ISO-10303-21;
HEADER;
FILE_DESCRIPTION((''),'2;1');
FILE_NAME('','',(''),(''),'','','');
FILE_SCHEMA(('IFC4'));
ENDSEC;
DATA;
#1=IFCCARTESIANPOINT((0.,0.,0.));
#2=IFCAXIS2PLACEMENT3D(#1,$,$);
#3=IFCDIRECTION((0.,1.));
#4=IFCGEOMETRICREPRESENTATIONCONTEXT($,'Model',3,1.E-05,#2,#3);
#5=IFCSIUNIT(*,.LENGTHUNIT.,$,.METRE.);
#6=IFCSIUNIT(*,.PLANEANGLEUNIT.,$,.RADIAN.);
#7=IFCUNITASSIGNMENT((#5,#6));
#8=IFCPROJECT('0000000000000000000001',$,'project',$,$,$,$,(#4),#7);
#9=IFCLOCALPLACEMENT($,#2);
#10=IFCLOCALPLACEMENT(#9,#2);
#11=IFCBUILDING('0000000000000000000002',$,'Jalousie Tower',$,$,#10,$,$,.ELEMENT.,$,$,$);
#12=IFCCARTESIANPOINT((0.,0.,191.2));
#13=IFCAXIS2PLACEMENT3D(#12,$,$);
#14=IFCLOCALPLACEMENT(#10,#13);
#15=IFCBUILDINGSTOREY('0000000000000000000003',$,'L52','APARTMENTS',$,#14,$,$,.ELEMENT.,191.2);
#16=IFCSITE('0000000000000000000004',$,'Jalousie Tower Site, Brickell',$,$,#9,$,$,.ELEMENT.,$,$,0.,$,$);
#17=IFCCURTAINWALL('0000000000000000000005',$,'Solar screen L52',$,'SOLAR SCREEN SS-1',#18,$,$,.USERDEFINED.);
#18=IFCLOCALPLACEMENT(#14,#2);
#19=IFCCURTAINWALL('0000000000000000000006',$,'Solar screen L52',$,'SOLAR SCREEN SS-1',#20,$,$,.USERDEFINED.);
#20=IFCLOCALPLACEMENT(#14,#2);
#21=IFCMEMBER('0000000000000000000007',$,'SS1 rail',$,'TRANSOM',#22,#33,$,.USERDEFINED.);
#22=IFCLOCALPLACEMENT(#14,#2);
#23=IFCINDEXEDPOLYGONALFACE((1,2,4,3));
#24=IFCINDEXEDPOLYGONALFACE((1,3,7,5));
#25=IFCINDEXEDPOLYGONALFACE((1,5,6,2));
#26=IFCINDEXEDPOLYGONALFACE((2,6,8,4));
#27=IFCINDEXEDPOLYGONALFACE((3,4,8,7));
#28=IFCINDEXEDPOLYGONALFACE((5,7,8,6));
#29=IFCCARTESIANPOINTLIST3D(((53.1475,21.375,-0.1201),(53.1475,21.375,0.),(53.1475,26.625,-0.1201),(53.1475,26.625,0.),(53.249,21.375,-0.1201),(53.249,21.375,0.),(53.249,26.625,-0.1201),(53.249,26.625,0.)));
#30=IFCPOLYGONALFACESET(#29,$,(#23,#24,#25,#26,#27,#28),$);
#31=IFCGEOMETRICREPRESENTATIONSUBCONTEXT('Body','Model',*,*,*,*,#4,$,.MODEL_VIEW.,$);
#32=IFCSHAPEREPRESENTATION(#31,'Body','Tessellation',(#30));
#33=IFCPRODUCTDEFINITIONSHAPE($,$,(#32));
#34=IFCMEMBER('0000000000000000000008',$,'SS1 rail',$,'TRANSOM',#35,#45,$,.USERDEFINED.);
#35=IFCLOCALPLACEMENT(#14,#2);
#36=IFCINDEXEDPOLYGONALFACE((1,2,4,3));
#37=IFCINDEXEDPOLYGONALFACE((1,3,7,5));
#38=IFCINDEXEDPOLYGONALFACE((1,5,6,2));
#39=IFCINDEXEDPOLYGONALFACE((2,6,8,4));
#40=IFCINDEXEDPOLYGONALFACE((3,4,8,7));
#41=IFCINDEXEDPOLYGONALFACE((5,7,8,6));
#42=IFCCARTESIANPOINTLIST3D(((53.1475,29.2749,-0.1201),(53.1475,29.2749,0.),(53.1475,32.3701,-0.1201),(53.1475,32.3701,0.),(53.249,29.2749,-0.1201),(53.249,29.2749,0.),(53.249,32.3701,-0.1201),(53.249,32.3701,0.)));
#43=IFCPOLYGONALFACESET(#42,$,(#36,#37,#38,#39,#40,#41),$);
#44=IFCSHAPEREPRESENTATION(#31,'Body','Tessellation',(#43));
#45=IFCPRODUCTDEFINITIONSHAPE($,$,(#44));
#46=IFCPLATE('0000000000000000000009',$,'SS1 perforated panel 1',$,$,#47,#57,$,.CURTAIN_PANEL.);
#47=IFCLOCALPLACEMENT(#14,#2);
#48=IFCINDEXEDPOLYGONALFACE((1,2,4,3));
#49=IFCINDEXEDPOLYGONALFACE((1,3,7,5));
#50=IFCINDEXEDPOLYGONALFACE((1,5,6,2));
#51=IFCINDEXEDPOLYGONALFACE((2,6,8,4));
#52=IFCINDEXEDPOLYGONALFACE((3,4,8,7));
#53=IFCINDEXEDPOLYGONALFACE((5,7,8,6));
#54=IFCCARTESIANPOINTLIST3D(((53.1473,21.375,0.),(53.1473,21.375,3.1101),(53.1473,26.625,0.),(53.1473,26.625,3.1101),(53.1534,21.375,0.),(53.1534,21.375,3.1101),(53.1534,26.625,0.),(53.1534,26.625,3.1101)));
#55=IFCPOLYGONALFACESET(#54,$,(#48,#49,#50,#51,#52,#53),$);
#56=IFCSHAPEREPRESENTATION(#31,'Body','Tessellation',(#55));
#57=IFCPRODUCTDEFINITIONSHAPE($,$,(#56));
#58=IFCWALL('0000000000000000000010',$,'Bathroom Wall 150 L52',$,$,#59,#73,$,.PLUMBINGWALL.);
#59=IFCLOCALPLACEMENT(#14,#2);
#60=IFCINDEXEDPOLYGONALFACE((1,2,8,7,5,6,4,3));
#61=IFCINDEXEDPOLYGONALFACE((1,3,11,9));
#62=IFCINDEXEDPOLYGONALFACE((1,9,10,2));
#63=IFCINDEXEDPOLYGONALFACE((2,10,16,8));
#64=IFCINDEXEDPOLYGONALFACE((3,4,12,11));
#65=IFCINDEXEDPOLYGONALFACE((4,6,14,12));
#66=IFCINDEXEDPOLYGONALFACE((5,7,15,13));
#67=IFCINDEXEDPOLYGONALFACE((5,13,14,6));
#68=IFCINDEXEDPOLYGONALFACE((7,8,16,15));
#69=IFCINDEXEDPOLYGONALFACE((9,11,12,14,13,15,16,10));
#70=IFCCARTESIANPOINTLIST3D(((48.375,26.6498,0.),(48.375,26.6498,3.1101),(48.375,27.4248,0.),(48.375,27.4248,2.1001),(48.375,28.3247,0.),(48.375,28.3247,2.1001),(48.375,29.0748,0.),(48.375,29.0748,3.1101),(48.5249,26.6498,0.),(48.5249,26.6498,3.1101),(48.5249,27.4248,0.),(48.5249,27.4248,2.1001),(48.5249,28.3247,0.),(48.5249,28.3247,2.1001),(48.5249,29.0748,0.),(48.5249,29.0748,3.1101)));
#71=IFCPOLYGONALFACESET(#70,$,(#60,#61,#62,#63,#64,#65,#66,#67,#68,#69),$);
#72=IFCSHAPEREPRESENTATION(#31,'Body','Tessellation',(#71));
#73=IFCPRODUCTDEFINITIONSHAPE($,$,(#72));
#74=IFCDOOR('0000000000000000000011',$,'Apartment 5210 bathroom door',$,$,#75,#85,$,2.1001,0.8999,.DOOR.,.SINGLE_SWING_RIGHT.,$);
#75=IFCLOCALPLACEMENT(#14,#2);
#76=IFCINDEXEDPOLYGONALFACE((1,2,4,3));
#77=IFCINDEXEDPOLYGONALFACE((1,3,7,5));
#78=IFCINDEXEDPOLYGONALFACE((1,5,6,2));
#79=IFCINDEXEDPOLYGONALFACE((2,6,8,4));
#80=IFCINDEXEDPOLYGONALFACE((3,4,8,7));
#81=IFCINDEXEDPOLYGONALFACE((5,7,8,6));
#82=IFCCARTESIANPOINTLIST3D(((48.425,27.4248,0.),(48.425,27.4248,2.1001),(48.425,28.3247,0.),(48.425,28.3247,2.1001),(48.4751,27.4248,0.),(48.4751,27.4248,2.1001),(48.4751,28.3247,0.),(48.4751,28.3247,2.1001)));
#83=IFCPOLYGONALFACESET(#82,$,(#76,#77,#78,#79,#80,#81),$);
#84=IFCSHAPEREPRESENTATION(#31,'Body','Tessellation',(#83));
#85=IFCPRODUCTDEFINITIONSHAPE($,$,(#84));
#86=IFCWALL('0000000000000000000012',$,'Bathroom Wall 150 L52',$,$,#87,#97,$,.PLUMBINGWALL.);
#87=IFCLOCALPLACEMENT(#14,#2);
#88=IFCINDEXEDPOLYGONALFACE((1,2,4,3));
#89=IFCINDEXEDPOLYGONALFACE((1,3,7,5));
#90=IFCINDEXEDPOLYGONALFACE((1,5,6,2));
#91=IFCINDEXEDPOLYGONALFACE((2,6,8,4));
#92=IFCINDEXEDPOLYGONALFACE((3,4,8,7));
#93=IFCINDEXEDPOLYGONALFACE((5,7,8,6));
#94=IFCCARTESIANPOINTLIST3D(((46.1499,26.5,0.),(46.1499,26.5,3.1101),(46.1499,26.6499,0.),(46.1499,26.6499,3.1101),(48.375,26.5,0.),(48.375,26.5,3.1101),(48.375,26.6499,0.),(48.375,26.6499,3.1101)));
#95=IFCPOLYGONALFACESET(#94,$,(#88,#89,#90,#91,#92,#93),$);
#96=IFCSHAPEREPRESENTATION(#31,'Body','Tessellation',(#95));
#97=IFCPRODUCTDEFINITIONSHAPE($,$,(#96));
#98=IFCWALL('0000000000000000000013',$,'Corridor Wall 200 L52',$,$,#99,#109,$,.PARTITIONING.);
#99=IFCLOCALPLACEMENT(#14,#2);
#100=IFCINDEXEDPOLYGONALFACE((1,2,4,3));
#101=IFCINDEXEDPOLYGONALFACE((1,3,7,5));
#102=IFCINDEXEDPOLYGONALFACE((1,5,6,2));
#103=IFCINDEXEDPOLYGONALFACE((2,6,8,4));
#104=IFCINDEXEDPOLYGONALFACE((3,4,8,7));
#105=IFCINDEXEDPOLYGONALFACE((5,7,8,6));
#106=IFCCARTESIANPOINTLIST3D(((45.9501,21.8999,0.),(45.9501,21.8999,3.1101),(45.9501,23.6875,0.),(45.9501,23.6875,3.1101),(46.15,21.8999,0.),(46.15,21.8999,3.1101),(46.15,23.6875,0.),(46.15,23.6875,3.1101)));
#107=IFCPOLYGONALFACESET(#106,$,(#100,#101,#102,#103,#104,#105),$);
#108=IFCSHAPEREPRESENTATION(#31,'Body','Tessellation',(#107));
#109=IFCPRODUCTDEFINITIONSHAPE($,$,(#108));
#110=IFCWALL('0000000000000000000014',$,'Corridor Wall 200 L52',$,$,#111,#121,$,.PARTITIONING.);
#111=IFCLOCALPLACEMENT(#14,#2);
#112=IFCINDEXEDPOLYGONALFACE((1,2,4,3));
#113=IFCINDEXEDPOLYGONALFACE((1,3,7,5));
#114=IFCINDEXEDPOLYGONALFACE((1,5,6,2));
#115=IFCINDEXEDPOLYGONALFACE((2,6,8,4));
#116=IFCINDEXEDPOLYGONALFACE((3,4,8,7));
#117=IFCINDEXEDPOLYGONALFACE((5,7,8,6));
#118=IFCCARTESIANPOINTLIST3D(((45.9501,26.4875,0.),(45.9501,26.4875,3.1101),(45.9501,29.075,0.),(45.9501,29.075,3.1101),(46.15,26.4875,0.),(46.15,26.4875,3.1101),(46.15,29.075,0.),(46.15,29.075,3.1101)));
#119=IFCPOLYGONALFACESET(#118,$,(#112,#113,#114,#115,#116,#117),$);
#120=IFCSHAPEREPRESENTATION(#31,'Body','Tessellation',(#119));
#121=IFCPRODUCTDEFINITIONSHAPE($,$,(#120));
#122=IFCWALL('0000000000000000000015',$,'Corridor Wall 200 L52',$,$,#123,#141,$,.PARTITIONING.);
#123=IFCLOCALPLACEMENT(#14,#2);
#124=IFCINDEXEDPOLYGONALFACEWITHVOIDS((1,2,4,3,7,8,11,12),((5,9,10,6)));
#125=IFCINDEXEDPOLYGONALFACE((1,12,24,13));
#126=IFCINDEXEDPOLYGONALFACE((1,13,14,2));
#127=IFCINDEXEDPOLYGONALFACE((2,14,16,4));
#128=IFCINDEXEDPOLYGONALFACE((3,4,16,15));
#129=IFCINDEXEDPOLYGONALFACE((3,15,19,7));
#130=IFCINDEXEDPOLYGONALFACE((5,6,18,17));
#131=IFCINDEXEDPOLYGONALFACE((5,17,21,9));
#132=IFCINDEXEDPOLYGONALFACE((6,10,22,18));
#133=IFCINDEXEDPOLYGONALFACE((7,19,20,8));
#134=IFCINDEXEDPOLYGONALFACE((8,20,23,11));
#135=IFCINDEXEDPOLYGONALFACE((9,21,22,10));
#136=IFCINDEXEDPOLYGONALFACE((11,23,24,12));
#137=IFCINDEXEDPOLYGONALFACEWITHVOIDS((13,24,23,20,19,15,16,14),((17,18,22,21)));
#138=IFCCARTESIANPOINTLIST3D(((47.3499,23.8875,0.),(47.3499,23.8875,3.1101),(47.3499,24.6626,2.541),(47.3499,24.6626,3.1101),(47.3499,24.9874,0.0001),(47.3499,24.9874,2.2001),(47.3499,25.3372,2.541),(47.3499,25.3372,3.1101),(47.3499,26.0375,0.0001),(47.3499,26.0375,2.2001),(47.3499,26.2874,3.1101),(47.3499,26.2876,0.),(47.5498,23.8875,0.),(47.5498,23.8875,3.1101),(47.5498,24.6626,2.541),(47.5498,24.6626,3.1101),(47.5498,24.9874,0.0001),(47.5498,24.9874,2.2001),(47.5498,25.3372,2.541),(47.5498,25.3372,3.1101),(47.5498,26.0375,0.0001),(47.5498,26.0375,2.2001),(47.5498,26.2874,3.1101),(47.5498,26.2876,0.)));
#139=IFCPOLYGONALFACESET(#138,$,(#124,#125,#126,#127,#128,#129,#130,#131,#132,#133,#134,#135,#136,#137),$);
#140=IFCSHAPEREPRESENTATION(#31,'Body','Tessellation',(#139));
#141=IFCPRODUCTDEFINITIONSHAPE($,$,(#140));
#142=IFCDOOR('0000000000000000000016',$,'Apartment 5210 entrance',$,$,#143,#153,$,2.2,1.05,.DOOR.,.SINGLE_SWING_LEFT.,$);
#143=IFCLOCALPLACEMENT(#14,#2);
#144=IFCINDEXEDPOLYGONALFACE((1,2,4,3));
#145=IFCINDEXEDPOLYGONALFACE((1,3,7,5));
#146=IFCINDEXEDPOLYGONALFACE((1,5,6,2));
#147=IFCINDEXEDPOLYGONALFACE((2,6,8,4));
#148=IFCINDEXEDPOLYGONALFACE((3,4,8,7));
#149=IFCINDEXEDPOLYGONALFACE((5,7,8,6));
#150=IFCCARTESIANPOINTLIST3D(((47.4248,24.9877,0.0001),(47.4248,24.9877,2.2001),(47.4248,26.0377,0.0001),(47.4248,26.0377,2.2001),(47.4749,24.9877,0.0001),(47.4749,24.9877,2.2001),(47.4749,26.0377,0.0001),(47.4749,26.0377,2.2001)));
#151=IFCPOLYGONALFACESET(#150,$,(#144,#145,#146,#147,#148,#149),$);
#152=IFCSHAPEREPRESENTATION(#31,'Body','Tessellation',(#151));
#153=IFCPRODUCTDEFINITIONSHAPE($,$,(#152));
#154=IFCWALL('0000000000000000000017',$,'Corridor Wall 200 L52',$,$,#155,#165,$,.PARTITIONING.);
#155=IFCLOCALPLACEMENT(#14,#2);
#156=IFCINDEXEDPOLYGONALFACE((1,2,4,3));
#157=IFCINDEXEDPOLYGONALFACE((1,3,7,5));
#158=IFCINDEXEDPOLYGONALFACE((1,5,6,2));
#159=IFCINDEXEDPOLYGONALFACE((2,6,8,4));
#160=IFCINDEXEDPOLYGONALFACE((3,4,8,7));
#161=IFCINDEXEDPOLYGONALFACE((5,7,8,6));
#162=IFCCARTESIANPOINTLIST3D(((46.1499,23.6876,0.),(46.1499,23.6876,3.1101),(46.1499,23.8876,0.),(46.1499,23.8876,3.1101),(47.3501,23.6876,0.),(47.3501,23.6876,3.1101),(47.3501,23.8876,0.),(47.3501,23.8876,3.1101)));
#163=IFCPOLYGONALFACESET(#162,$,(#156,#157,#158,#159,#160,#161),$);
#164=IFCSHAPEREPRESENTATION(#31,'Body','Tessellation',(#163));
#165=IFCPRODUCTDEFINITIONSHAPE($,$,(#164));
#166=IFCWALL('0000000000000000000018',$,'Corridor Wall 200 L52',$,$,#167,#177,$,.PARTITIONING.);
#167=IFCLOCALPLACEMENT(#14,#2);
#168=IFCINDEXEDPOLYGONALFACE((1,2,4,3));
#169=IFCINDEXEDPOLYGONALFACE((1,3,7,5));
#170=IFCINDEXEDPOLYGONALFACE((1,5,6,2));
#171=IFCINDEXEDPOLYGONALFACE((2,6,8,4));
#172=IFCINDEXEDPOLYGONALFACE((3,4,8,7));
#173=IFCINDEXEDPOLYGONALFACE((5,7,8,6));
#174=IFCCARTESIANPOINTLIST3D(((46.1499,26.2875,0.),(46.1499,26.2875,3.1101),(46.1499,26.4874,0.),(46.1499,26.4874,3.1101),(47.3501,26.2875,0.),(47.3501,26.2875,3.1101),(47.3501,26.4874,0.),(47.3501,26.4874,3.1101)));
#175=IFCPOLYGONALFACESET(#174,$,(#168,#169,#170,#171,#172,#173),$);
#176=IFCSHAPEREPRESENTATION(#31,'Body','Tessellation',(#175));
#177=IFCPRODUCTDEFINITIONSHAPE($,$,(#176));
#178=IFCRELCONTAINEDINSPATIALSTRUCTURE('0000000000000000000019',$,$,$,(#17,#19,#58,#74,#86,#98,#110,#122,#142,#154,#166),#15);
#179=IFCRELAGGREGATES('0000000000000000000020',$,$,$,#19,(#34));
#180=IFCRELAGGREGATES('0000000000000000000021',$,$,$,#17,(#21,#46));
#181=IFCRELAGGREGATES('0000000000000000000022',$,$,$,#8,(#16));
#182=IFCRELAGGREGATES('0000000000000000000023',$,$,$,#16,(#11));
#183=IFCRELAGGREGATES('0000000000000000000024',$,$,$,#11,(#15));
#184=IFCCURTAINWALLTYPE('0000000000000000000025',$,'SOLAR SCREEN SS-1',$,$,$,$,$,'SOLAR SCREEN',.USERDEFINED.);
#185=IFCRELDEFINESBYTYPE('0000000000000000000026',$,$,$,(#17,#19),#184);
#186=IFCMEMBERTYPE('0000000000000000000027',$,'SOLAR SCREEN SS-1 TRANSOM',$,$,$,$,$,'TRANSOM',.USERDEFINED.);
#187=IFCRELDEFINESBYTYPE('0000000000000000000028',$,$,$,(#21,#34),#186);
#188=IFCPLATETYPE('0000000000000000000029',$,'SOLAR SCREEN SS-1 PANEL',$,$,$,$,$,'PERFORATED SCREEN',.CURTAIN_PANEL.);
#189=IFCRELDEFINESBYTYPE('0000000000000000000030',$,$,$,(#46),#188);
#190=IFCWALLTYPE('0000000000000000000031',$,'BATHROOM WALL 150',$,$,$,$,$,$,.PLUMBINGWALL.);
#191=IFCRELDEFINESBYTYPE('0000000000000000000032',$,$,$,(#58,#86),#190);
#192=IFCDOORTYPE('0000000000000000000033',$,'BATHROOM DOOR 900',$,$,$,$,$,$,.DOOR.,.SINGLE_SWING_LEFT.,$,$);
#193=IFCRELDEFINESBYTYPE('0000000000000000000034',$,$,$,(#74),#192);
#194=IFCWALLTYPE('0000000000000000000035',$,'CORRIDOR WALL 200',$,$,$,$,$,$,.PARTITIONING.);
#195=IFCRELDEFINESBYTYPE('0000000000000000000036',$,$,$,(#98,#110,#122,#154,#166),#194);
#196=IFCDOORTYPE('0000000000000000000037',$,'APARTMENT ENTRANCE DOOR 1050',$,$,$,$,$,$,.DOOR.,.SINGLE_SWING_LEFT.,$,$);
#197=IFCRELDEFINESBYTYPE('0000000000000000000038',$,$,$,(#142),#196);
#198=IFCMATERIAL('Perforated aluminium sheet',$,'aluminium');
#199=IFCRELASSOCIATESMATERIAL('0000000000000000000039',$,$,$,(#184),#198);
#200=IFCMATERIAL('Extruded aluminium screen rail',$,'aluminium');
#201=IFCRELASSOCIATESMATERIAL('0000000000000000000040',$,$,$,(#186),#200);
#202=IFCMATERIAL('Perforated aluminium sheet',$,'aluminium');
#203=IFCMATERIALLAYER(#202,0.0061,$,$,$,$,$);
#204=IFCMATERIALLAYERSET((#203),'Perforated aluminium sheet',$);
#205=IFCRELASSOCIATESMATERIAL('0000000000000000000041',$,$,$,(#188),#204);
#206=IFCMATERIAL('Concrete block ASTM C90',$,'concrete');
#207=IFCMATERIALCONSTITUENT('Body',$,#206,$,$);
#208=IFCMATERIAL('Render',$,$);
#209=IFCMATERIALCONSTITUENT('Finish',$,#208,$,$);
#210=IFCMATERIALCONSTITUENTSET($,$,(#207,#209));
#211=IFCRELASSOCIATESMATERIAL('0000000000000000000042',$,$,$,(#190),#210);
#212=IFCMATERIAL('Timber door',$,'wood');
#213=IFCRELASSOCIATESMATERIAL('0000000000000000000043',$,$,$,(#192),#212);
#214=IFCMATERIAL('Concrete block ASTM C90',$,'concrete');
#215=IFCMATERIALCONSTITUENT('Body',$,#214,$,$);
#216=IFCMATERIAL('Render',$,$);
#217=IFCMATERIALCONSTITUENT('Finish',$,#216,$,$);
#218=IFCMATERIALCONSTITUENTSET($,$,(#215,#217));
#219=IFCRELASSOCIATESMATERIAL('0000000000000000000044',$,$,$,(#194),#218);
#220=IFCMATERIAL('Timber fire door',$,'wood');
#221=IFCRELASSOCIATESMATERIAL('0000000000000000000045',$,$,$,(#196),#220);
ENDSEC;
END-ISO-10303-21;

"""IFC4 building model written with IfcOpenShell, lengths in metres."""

from ifc_helpers import new_model, si_unit, direction, frame, frame_2d, origin, origin_2d, place, context, subcontext, project, spatial, polyline, rectangle, outline, extrude, material, layer, layer_set, constituent, constituent_set, material_profile, profile_set, type_object, element, fill, aggregate, save


model = new_model("IFC4")

# Units and contexts
model_context = context("Model", 3, precision=1e-05, world=origin(), true_north=direction((0.0, 1.0)))
body_context = subcontext(model_context, "Body", "Model", "MODEL_VIEW")
ifc_project = project(units=[si_unit("LENGTHUNIT", "METRE"), si_unit("PLANEANGLEUNIT", "RADIAN")], contexts=[model_context])

# Site, building, storey
site_placement = place(None, origin())
site = spatial("IfcSite", under=ifc_project, at=site_placement, Name="Jalousie Tower Site, Brickell", CompositionType="ELEMENT", RefElevation=0.0)
building_placement = place(site_placement, origin())
building = spatial("IfcBuilding", under=site, at=building_placement, Name="Jalousie Tower", CompositionType="ELEMENT")
storey_placement = place(building_placement, frame((0.0, 0.0, 191.2)))
storey = spatial("IfcBuildingStorey", under=building, at=storey_placement, Name="L52", Description="APARTMENTS", CompositionType="ELEMENT", Elevation=191.2)

# Curtain wall
ifc_material_1 = material(Name="Perforated aluminium sheet", Category="aluminium")
curtain_wall_type = type_object("IfcCurtainWallType", Name="SOLAR SCREEN SS-1", ElementType="SOLAR SCREEN", PredefinedType="USERDEFINED", material=ifc_material_1)
curtain_wall_1_placement = place(storey_placement, origin())
curtain_wall_1 = element("IfcCurtainWall", 1, at=curtain_wall_1_placement, inside=storey, type_object=curtain_wall_type, Name="Solar screen L52", ObjectType="SOLAR SCREEN SS-1", PredefinedType="USERDEFINED")

# Curtain wall
curtain_wall_2_placement = place(storey_placement, origin())
curtain_wall_2 = element("IfcCurtainWall", 2, at=curtain_wall_2_placement, inside=storey, type_object=curtain_wall_type, Name="Solar screen L52", ObjectType="SOLAR SCREEN SS-1", PredefinedType="USERDEFINED")

# Members
ifc_material_2 = material(Name="Extruded aluminium screen rail", Category="aluminium")
ifc_material_profile_1 = material_profile(ifc_material_2, rectangle(XDim=0.1016, YDim=0.1201, at=origin_2d()), Name="RAIL 102x120")
ifc_profile_set_1 = profile_set([ifc_material_profile_1], Name="Extruded aluminium screen rail")
member_type_1 = type_object("IfcMemberType", Name="SOLAR SCREEN SS-1 TRANSOM", ElementType="TRANSOM", PredefinedType="USERDEFINED", material=ifc_profile_set_1)
member_1_placement = place(storey_placement, frame((53.1982, 21.375, -0.0601), z_axis=(0.0, 1.0, 0.0), x_axis=(-1.0, 0.0, 0.0)))
member_1 = element("IfcMember", 3, at=member_1_placement, type_object=member_type_1, Name="SS1 rail", ObjectType="TRANSOM", PredefinedType="USERDEFINED", context=body_context, shape_type="SweptSolid", body=[
    extrude(rectangle(XDim=0.1016, YDim=0.1201, at=origin_2d()), origin(), (0.0, 0.0, 1.0), 5.25),
])
member_2_placement = place(storey_placement, frame((53.1982, 29.2749, -0.0601), z_axis=(0.0, 1.0, 0.0), x_axis=(-1.0, 0.0, 0.0)))
member_2 = element("IfcMember", 4, at=member_2_placement, type_object=member_type_1, Name="SS1 rail", ObjectType="TRANSOM", PredefinedType="USERDEFINED", context=body_context, shape_type="SweptSolid", body=[
    extrude(rectangle(XDim=0.1016, YDim=0.1201, at=origin_2d()), origin(), (0.0, 0.0, 1.0), 3.0952),
])
aggregate(curtain_wall_2, [member_2])

# Plate
ifc_material_3 = material(Name="Perforated aluminium sheet", Category="aluminium")
ifc_layer_1 = layer(ifc_material_3, 0.0061)
ifc_layer_set_1 = layer_set([ifc_layer_1], Name="Perforated aluminium sheet")
plate_type = type_object("IfcPlateType", Name="SOLAR SCREEN SS-1 PANEL", ElementType="PERFORATED SCREEN", PredefinedType="CURTAIN_PANEL", material=ifc_layer_set_1)
plate_placement = place(storey_placement, frame((53.1504, 24.0, 0.0), z_axis=(0.0, 0.0, 1.0), x_axis=(0.0, 1.0, 0.0)))
plate = element("IfcPlate", 5, at=plate_placement, type_object=plate_type, Name="SS1 perforated panel 1", PredefinedType="CURTAIN_PANEL", context=body_context, shape_type="SweptSolid", body=[
    extrude(rectangle(XDim=5.25, YDim=0.0061, at=origin_2d()), origin(), (0.0, 0.0, 1.0), 3.1101),
])
aggregate(curtain_wall_1, [member_1, plate])

# Wall, opening, door
ifc_material_4 = material(Name="Concrete block ASTM C90", Category="concrete")
ifc_constituent_1 = constituent(ifc_material_4, Name="Body")
ifc_material_5 = material(Name="Render")
ifc_constituent_2 = constituent(ifc_material_5, Name="Finish")
ifc_constituent_set_1 = constituent_set(constituents=[ifc_constituent_1, ifc_constituent_2])
wall_type_1 = type_object("IfcWallType", Name="BATHROOM WALL 150", PredefinedType="PLUMBINGWALL", material=ifc_constituent_set_1)
wall_1_placement = place(storey_placement, frame((48.45, 26.6499, 0.0), z_axis=(0.0, 0.0, 1.0), x_axis=(0.0, 1.0, 0.0)))
wall_1 = element("IfcWall", 6, at=wall_1_placement, inside=storey, type_object=wall_type_1, Name="Bathroom Wall 150 L52", PredefinedType="PLUMBINGWALL", context=body_context, shape_type="SweptSolid", body=[
    extrude(rectangle(XDim=2.425, YDim=0.1499, at=frame_2d((1.2124, 0.0))), origin(), (0.0, 0.0, 1.0), 3.1101),
])
opening_1_placement = place(wall_1_placement, frame((0.7749, 0.0, 0.0)))
opening_1 = element("IfcOpeningElement", 7, at=opening_1_placement, cuts=wall_1, PredefinedType="OPENING", context=body_context, shape_type="SweptSolid", body=[
    extrude(rectangle(XDim=0.8999, YDim=2.1001, at=frame_2d((0.45, 1.05))), frame((0.0, 0.085, 0.0), z_axis=(0.0, -1.0, 0.0), x_axis=(1.0, 0.0, 0.0)), (0.0, 0.0, 1.0), 0.1699),
])
ifc_material_6 = material(Name="Timber door", Category="wood")
door_type_1 = type_object("IfcDoorType", Name="BATHROOM DOOR 900", OperationType="SINGLE_SWING_LEFT", PredefinedType="DOOR", material=ifc_material_6)
door_1_placement = place(opening_1_placement, origin())
door_1 = element("IfcDoor", 8, at=door_1_placement, inside=storey, type_object=door_type_1, Name="Apartment 5210 bathroom door", OperationType="SINGLE_SWING_RIGHT", OverallHeight=2.1001, OverallWidth=0.8999, PredefinedType="DOOR", context=body_context, shape_type="SweptSolid", body=[
    extrude(rectangle(XDim=0.8999, YDim=2.1001, at=frame_2d((0.45, 1.05))), frame((0.0, 0.0249, 0.0), z_axis=(0.0, -1.0, 0.0), x_axis=(1.0, 0.0, 0.0)), (0.0, 0.0, 1.0), 0.05),
])
fill(opening_1, door_1)

# Walls
wall_2_placement = place(storey_placement, frame((48.375, 26.575, 0.0), z_axis=(0.0, 0.0, 1.0), x_axis=(-1.0, 0.0, 0.0)))
element("IfcWall", 9, at=wall_2_placement, inside=storey, type_object=wall_type_1, Name="Bathroom Wall 150 L52", PredefinedType="PLUMBINGWALL", context=body_context, shape_type="SweptSolid", body=[
    extrude(rectangle(XDim=2.2251, YDim=0.1499, at=frame_2d((1.1125, 0.0))), origin(), (0.0, 0.0, 1.0), 3.1101),
])
ifc_material_7 = material(Name="Concrete block ASTM C90", Category="concrete")
ifc_constituent_3 = constituent(ifc_material_7, Name="Body")
ifc_material_8 = material(Name="Render")
ifc_constituent_4 = constituent(ifc_material_8, Name="Finish")
ifc_constituent_set_2 = constituent_set(constituents=[ifc_constituent_3, ifc_constituent_4])
wall_type_2 = type_object("IfcWallType", Name="CORRIDOR WALL 200", PredefinedType="PARTITIONING", material=ifc_constituent_set_2)
wall_3_placement = place(storey_placement, frame((46.05, 21.8999, 0.0), z_axis=(0.0, 0.0, 1.0), x_axis=(0.0, 1.0, 0.0)))
element("IfcWall", 10, at=wall_3_placement, inside=storey, type_object=wall_type_2, Name="Corridor Wall 200 L52", PredefinedType="PARTITIONING", context=body_context, shape_type="SweptSolid", body=[
    extrude(rectangle(XDim=1.7876, YDim=0.2, at=frame_2d((0.8938, 0.0))), origin(), (0.0, 0.0, 1.0), 3.1101),
])
wall_4_placement = place(storey_placement, frame((46.05, 26.4875, 0.0), z_axis=(0.0, 0.0, 1.0), x_axis=(0.0, 1.0, 0.0)))
element("IfcWall", 11, at=wall_4_placement, inside=storey, type_object=wall_type_2, Name="Corridor Wall 200 L52", PredefinedType="PARTITIONING", context=body_context, shape_type="SweptSolid", body=[
    extrude(rectangle(XDim=2.5874, YDim=0.2, at=frame_2d((1.2937, 0.0))), origin(), (0.0, 0.0, 1.0), 3.1101),
])

# Wall, opening, door
wall_5_placement = place(storey_placement, frame((47.45, 23.8875, 0.0), z_axis=(0.0, 0.0, 1.0), x_axis=(0.0, 1.0, 0.0)))
wall_5 = element("IfcWall", 12, at=wall_5_placement, inside=storey, type_object=wall_type_2, Name="Corridor Wall 200 L52", PredefinedType="PARTITIONING", context=body_context, shape_type="SweptSolid", body=[
    extrude(outline(polyline([(0.0, 0.0), (2.4001, 0.0), (2.3999, 3.1101), (1.4497, 3.1101), (1.4497, 2.541), (0.7751, 2.541), (0.7751, 3.1101), (0.0, 3.1101), (0.0, 0.0)])), frame((0.0, 0.1001, 0.0), z_axis=(0.0, -1.0, 0.0), x_axis=(1.0, 0.0, 0.0)), (0.0, 0.0, 1.0), 0.2),
])
opening_2_placement = place(wall_5_placement, frame((1.1001, 0.0, 0.0)))
opening_2 = element("IfcOpeningElement", 13, at=opening_2_placement, cuts=wall_5, PredefinedType="OPENING", context=body_context, shape_type="SweptSolid", body=[
    extrude(rectangle(XDim=1.05, YDim=2.2, at=frame_2d((0.5249, 1.1001))), frame((0.0, 0.1099, 0.0), z_axis=(0.0, -1.0, 0.0), x_axis=(1.0, 0.0, 0.0)), (0.0, 0.0, 1.0), 0.22),
])
ifc_material_9 = material(Name="Timber fire door", Category="wood")
door_type_2 = type_object("IfcDoorType", Name="APARTMENT ENTRANCE DOOR 1050", OperationType="SINGLE_SWING_LEFT", PredefinedType="DOOR", material=ifc_material_9)
door_2_placement = place(opening_2_placement, frame((1.05, 0.0, 0.0), z_axis=(0.0, 0.0, 1.0), x_axis=(-1.0, 0.0, 0.0)))
door_2 = element("IfcDoor", 14, at=door_2_placement, inside=storey, type_object=door_type_2, Name="Apartment 5210 entrance", OperationType="SINGLE_SWING_LEFT", OverallHeight=2.2, OverallWidth=1.05, PredefinedType="DOOR", context=body_context, shape_type="SweptSolid", body=[
    extrude(rectangle(XDim=1.05, YDim=2.2, at=frame_2d((0.5249, 1.1001))), frame((0.0, 0.0249, 0.0), z_axis=(0.0, -1.0, 0.0), x_axis=(1.0, 0.0, 0.0)), (0.0, 0.0, 1.0), 0.05),
])
fill(opening_2, door_2)

# Walls
for number, where, z_axis, x_axis, name in (
    (15, (46.1499, 23.7876, 0.0), (0.0, 0.0, 1.0), (1.0, 0.0, 0.0), "Corridor Wall 200 L52"),
    (16, (46.1499, 26.3875, 0.0), (0.0, 0.0, 1.0), (1.0, 0.0, 0.0), "Corridor Wall 200 L52"),
):
    element("IfcWall", number, at=place(storey_placement, frame(where, z_axis=z_axis, x_axis=x_axis)), inside=storey, type_object=wall_type_2, Name=name, PredefinedType="PARTITIONING", context=body_context, shape_type="SweptSolid", body=[
        extrude(rectangle(XDim=1.2002, YDim=0.2, at=frame_2d((0.6001, 0.0))), origin(), (0.0, 0.0, 1.0), 3.1101),
    ])

save(model, "model.ifc")
